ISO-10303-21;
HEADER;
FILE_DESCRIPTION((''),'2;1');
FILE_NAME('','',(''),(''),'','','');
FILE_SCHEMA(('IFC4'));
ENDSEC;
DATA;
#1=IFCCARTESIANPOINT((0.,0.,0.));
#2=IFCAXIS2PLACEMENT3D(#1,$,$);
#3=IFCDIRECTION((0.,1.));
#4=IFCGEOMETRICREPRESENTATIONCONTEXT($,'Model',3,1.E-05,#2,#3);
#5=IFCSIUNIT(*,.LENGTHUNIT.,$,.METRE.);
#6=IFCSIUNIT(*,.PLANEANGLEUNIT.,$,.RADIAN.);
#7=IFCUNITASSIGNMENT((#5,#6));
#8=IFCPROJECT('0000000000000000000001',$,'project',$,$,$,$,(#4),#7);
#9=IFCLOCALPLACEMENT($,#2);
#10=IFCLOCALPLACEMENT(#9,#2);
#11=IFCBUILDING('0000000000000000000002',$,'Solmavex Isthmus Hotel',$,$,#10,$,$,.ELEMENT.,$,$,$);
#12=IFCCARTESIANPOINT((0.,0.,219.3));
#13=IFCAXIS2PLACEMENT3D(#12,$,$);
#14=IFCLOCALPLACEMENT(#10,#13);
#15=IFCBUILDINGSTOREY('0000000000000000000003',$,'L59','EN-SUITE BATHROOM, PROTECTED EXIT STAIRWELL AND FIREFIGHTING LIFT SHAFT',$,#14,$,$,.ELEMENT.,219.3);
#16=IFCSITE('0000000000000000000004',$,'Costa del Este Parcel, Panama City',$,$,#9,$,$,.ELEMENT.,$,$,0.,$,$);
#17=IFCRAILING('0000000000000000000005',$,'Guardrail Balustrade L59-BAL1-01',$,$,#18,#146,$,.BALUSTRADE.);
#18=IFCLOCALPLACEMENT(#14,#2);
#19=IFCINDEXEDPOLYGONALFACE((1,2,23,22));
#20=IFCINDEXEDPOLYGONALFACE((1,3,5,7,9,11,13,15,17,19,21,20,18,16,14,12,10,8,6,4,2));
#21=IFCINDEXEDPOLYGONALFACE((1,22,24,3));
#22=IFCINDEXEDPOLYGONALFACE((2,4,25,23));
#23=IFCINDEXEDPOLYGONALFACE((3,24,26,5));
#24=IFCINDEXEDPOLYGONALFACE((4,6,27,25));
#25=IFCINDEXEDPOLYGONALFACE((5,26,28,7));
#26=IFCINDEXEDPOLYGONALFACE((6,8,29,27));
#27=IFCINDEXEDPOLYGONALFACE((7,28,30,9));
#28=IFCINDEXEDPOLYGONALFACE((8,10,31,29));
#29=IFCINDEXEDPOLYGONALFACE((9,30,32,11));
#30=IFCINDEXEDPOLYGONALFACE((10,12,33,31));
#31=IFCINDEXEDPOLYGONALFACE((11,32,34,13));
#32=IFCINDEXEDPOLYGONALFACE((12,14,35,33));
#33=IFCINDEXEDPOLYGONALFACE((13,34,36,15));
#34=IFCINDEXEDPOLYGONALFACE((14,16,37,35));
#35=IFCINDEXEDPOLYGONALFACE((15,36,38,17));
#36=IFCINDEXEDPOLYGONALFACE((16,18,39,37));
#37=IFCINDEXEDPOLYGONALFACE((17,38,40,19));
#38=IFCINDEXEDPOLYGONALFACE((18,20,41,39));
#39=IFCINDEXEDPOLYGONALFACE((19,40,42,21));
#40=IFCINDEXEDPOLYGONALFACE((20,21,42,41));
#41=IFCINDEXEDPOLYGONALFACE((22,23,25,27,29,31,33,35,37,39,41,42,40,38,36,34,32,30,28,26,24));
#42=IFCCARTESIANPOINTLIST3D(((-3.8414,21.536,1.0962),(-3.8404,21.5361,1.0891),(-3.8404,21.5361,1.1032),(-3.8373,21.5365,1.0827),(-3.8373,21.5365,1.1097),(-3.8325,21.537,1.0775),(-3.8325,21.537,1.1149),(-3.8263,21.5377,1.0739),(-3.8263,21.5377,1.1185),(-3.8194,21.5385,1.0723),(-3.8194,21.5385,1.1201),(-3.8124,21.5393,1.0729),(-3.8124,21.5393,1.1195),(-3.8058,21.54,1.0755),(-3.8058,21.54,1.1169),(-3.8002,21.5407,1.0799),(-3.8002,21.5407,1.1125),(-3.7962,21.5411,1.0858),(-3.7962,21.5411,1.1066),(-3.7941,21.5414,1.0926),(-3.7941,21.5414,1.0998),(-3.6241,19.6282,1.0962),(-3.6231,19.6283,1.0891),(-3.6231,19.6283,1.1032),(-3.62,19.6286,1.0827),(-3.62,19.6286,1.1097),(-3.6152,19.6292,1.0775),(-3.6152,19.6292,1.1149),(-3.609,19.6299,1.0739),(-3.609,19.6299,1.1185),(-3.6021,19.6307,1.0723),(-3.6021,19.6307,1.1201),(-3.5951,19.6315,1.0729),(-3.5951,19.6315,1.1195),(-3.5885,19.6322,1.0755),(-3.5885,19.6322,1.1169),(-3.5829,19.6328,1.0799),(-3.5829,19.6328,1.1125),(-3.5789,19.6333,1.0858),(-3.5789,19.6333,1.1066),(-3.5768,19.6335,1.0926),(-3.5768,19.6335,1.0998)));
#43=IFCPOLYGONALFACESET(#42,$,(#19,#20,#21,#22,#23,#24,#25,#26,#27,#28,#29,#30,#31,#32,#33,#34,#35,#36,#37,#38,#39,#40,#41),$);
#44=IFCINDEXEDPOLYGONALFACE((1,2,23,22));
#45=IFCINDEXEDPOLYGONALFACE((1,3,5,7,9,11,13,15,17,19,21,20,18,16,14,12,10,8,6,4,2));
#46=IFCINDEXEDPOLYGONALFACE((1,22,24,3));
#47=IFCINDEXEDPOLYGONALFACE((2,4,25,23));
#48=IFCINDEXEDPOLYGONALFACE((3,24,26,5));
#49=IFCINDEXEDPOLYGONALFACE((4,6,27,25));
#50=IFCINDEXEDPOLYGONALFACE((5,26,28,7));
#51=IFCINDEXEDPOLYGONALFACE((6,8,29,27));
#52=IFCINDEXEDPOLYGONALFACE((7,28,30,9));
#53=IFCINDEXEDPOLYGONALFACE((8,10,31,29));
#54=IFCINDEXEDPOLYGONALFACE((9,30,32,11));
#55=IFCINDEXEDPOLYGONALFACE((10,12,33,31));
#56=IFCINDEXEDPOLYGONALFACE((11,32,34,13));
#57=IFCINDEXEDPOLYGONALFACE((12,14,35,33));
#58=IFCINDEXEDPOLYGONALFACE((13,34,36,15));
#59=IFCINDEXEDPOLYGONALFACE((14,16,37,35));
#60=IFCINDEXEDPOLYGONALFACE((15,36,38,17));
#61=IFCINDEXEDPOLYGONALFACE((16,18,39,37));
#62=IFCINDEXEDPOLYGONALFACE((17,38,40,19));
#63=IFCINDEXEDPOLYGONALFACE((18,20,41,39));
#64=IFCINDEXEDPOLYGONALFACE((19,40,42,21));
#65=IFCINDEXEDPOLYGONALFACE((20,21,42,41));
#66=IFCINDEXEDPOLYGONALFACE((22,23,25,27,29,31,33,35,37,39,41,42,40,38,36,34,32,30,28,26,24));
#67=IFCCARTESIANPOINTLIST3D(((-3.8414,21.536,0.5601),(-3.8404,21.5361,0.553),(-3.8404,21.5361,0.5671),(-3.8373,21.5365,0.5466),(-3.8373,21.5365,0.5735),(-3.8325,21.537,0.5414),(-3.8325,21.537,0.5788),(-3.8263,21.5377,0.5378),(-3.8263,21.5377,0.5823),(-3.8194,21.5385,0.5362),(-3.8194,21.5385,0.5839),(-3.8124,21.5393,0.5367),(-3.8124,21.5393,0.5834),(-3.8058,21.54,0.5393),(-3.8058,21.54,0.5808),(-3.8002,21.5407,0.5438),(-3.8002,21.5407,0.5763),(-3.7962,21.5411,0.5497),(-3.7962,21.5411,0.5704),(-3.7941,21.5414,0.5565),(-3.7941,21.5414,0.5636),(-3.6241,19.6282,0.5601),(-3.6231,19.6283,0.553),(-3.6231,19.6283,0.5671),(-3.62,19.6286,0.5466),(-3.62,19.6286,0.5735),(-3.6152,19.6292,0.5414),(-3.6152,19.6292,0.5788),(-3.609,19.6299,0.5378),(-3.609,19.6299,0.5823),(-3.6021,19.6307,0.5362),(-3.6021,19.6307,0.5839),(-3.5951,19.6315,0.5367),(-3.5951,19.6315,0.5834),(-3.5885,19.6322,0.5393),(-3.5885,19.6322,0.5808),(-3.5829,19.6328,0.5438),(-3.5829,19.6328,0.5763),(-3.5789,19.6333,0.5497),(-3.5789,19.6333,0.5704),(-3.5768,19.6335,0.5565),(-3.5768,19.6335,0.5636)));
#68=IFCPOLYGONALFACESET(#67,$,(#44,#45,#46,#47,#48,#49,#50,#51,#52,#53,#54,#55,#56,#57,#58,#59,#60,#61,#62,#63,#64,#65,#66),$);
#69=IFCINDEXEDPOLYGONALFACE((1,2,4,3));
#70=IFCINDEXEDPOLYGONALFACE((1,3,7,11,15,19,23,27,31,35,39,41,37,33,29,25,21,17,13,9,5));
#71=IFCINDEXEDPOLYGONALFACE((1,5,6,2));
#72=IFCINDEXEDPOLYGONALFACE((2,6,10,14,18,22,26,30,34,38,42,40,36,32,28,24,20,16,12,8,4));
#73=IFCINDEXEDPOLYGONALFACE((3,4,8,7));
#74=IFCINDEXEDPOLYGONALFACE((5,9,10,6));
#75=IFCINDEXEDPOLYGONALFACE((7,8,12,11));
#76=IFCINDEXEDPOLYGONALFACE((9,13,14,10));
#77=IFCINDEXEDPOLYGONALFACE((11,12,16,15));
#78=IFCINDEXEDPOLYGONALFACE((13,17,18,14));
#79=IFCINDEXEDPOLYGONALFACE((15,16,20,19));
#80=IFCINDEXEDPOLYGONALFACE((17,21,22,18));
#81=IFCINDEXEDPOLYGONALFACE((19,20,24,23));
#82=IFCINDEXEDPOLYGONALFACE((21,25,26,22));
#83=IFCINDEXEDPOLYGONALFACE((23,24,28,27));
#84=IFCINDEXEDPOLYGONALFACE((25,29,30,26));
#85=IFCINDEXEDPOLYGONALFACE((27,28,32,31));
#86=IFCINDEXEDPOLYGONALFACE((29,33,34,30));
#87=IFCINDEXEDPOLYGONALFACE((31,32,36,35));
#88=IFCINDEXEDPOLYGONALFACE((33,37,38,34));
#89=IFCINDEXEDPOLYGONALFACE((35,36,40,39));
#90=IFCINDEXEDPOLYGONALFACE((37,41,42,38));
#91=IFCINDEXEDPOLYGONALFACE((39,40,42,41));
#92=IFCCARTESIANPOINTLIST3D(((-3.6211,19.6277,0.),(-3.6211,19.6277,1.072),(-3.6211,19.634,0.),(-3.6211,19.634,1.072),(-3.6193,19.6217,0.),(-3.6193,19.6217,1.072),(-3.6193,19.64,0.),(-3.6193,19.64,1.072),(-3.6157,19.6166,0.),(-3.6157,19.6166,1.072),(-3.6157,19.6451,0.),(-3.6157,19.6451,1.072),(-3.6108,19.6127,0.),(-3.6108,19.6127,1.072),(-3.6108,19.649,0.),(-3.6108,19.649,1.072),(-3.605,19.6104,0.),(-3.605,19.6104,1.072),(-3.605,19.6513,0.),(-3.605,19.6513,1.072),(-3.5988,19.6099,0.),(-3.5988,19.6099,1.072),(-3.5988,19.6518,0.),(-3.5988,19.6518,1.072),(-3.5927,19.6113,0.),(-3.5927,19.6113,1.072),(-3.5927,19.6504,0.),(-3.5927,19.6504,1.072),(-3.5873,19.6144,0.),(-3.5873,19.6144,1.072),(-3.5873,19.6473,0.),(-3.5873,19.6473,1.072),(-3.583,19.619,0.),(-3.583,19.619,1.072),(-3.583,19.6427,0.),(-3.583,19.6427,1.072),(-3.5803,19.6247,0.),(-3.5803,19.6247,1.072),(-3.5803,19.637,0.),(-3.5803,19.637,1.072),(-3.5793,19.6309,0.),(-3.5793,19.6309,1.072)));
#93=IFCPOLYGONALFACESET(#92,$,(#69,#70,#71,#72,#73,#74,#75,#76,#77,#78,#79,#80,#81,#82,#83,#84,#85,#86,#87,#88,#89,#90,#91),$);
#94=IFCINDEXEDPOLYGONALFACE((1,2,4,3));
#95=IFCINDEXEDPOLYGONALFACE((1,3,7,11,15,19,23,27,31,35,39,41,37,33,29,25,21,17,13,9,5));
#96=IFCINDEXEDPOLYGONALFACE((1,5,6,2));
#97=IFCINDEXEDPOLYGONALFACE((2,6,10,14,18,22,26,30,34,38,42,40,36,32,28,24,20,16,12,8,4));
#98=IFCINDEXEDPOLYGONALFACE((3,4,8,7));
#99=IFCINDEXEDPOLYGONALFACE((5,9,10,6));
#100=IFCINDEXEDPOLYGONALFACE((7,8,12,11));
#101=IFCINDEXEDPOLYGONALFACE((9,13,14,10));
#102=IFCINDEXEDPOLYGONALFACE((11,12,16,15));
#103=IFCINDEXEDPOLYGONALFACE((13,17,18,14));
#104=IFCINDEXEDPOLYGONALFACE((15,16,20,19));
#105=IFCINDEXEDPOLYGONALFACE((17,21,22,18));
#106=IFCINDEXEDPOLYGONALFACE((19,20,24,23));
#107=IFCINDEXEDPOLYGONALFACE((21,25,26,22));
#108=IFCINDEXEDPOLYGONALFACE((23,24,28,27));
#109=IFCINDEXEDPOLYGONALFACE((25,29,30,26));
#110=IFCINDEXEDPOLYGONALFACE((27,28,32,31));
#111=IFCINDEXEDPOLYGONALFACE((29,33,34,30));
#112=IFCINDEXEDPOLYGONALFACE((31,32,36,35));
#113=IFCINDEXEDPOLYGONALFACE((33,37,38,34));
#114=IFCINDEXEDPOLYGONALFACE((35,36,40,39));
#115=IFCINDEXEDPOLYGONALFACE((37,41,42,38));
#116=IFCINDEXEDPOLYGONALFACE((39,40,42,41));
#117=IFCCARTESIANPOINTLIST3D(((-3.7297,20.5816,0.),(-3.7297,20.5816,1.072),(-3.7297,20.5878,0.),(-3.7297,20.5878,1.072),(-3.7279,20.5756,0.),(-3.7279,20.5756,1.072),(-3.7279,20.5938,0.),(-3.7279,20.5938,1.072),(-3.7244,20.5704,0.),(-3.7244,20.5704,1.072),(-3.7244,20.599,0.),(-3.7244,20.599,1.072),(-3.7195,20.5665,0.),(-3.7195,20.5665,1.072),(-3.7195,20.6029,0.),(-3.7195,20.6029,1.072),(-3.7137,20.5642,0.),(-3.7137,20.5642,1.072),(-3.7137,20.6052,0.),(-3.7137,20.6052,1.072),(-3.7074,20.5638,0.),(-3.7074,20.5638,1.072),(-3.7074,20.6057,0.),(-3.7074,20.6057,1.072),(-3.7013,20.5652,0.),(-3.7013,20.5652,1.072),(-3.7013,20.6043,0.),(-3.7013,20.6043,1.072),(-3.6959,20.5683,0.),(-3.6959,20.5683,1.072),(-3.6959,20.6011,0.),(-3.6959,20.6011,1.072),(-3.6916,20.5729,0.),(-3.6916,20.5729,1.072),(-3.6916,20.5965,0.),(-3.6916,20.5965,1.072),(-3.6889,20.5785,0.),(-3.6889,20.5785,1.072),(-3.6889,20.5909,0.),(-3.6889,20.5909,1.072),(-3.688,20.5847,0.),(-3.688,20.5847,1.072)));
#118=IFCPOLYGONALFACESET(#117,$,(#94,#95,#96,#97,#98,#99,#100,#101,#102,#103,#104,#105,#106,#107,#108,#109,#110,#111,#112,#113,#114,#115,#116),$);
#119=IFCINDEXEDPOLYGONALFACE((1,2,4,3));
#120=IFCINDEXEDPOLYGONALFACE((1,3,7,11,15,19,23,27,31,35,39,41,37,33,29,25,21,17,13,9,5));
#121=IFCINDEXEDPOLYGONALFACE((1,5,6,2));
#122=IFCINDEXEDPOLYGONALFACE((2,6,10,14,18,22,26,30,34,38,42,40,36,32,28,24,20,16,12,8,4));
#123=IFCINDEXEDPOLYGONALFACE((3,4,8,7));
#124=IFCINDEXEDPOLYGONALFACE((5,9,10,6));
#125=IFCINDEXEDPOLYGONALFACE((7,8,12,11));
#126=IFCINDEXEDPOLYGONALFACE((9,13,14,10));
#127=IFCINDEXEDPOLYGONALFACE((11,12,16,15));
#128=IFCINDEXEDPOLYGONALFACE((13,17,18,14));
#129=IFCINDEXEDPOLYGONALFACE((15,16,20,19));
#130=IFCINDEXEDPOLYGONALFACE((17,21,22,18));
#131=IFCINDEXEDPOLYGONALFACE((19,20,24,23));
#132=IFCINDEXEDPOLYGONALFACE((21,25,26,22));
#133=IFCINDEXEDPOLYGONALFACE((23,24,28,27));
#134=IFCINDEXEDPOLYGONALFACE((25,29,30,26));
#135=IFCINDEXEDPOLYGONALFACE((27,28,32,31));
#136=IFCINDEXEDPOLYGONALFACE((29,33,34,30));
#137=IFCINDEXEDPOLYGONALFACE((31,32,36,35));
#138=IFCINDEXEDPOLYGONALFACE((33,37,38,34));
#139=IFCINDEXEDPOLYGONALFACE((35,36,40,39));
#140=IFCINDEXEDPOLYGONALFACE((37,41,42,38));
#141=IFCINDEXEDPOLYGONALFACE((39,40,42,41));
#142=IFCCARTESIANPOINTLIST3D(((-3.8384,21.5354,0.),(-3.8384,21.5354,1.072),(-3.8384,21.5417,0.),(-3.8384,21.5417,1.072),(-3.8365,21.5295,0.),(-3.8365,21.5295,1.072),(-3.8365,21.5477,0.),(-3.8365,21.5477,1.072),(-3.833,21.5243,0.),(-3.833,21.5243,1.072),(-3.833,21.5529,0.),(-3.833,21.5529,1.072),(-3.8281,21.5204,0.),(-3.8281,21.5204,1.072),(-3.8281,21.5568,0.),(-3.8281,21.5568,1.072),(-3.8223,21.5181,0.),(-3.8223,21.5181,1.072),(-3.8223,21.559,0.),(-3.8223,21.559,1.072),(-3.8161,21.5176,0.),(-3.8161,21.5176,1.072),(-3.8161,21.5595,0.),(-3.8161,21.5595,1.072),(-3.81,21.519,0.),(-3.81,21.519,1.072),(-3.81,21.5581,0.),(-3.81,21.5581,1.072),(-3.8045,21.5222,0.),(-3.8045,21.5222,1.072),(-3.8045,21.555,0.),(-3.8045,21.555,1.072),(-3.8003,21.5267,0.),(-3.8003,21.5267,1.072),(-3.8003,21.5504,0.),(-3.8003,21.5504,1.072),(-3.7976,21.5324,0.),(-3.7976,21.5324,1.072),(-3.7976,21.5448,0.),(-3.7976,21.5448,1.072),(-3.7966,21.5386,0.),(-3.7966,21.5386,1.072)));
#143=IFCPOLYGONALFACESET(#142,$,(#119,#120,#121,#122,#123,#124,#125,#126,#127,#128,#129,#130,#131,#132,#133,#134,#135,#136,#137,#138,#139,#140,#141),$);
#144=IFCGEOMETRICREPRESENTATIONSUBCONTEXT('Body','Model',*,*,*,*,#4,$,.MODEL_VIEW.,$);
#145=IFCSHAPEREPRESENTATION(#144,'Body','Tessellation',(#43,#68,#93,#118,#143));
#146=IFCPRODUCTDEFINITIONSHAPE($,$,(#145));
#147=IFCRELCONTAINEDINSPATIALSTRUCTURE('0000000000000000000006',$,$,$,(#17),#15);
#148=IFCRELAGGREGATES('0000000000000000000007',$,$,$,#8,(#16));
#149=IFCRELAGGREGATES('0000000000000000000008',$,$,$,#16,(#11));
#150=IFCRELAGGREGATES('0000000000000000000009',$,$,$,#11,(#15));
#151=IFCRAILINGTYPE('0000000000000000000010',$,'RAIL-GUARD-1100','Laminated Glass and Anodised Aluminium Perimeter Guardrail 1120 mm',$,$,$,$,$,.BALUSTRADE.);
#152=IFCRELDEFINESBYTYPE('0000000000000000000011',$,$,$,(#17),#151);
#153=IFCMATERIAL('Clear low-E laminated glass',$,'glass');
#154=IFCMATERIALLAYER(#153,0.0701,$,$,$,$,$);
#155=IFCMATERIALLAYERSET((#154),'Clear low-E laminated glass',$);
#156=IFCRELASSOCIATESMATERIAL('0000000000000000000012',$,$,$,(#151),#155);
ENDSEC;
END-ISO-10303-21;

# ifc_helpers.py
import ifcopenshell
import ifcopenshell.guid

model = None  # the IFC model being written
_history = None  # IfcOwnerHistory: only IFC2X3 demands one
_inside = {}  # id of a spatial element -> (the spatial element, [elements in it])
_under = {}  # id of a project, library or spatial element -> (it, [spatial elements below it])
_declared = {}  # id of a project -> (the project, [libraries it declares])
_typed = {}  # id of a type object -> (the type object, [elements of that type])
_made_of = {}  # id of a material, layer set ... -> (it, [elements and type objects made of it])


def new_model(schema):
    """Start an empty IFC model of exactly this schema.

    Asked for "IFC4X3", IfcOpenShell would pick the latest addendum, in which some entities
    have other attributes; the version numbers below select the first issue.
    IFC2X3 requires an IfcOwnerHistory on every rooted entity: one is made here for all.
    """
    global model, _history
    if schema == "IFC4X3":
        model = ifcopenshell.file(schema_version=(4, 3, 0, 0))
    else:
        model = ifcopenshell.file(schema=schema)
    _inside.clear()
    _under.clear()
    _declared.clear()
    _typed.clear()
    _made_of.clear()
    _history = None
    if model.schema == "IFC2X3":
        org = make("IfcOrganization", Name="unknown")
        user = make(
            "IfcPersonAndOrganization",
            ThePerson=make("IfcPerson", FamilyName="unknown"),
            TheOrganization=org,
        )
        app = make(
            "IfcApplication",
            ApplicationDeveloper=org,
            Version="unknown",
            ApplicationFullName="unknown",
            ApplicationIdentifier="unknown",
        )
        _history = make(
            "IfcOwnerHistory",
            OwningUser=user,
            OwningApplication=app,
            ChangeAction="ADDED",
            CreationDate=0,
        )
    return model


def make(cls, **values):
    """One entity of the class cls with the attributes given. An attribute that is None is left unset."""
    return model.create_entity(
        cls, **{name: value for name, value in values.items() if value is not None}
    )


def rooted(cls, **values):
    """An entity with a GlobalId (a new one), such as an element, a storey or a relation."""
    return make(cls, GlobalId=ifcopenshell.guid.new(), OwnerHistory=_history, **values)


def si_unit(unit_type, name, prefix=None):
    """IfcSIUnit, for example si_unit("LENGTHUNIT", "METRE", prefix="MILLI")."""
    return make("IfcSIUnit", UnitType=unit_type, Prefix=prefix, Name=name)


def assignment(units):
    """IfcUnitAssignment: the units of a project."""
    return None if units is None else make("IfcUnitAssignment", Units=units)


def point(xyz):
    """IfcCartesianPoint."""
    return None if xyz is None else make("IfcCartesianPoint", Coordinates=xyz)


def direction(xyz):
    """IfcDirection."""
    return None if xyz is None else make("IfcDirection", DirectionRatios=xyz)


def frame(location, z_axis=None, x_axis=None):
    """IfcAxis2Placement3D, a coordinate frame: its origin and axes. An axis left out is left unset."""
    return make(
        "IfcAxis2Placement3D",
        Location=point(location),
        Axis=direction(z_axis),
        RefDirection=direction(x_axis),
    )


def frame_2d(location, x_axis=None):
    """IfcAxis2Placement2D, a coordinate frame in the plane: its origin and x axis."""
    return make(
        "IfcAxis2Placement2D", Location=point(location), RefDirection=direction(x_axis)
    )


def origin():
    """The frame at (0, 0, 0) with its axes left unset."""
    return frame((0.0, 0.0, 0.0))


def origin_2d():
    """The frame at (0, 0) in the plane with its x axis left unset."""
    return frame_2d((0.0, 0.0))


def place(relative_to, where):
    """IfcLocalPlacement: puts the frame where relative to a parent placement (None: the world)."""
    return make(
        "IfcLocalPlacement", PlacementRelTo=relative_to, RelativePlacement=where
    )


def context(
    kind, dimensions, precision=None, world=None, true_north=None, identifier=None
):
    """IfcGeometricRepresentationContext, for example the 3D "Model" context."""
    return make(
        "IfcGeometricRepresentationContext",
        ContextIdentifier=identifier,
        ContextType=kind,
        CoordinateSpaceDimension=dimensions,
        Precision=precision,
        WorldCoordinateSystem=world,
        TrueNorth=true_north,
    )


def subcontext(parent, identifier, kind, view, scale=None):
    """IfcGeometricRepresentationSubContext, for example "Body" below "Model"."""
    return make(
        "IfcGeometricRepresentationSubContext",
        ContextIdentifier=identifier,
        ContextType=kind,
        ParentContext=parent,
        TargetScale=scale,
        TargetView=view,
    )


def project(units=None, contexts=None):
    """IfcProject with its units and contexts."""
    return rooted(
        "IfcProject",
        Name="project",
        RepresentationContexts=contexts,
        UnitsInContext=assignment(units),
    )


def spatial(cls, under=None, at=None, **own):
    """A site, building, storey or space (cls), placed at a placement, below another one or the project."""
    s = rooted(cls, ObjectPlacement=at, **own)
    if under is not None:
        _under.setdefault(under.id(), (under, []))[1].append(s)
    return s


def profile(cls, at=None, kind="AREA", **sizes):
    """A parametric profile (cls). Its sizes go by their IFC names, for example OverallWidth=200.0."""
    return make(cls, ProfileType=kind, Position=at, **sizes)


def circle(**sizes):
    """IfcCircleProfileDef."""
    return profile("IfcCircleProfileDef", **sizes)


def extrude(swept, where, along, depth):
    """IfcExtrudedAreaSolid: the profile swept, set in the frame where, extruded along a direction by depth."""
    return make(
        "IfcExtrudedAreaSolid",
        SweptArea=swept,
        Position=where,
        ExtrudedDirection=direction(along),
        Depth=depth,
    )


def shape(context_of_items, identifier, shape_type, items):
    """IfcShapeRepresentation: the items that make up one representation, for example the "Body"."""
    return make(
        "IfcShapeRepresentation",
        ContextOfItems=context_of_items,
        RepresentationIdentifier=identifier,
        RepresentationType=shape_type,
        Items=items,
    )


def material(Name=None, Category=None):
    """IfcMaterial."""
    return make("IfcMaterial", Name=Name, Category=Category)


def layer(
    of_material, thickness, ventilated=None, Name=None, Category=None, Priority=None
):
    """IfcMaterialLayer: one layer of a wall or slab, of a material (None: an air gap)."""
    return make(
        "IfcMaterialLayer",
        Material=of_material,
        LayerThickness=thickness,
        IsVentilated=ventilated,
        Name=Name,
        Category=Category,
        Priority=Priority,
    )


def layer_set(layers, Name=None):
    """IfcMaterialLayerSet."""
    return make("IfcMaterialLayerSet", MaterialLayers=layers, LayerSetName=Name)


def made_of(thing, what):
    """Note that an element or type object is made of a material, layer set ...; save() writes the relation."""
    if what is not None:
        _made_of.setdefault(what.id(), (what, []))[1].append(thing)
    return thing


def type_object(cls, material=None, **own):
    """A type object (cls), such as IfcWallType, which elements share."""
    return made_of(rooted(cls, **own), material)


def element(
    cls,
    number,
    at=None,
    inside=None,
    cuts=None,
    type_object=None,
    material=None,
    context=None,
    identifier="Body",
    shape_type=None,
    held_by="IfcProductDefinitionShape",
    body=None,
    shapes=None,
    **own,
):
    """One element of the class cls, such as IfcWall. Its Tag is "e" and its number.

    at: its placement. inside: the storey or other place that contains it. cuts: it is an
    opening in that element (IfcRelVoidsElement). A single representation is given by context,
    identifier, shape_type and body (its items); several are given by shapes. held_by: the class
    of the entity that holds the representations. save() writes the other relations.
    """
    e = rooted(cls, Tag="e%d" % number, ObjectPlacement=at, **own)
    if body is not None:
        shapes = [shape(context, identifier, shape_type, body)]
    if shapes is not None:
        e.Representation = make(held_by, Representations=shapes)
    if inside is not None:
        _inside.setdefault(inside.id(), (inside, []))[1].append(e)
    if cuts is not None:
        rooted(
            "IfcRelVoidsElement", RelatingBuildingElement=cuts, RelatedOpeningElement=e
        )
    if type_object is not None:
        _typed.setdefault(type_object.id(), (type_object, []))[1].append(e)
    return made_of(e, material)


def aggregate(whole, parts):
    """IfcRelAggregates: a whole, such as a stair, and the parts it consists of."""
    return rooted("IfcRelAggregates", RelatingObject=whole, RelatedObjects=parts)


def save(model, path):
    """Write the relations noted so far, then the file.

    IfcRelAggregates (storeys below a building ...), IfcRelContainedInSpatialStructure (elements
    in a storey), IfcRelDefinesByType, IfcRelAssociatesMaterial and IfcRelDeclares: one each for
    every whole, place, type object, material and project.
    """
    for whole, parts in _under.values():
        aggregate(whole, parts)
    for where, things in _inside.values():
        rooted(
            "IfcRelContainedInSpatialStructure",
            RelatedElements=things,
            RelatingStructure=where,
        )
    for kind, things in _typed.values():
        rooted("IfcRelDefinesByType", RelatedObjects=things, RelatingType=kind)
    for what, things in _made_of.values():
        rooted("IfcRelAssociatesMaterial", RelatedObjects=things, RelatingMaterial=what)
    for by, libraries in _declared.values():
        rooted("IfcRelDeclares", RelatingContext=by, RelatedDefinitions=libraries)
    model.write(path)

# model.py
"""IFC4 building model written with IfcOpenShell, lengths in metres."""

from ifc_helpers import new_model, si_unit, direction, frame, origin, origin_2d, place, context, subcontext, project, spatial, circle, extrude, material, layer, layer_set, type_object, element, save


model = new_model("IFC4")

# Units and contexts
model_context = context("Model", 3, precision=1e-05, world=origin(), true_north=direction((0.0, 1.0)))
body_context = subcontext(model_context, "Body", "Model", "MODEL_VIEW")
ifc_project = project(units=[si_unit("LENGTHUNIT", "METRE"), si_unit("PLANEANGLEUNIT", "RADIAN")], contexts=[model_context])

# Site, building, storey
site_placement = place(None, origin())
site = spatial("IfcSite", under=ifc_project, at=site_placement, Name="Costa del Este Parcel, Panama City", CompositionType="ELEMENT", RefElevation=0.0)
building_placement = place(site_placement, origin())
building = spatial("IfcBuilding", under=site, at=building_placement, Name="Solmavex Isthmus Hotel", CompositionType="ELEMENT")
storey_placement = place(building_placement, frame((0.0, 0.0, 219.3)))
storey = spatial("IfcBuildingStorey", under=building, at=storey_placement, Name="L59", Description="EN-SUITE BATHROOM, PROTECTED EXIT STAIRWELL AND FIREFIGHTING LIFT SHAFT", CompositionType="ELEMENT", Elevation=219.3)

# Shared definitions
ifc_material_1 = material(Name="Clear low-E laminated glass", Category="glass")

# Railing
ifc_layer_1 = layer(ifc_material_1, 0.0701)
ifc_layer_set_1 = layer_set([ifc_layer_1], Name="Clear low-E laminated glass")
railing_type = type_object("IfcRailingType", Name="RAIL-GUARD-1100", Description="Laminated Glass and Anodised Aluminium Perimeter Guardrail 1120 mm", PredefinedType="BALUSTRADE", material=ifc_layer_set_1)
railing_1_placement = place(storey_placement, frame((-3.6003, 19.6309, 0.0)))
element("IfcRailing", 1, at=railing_1_placement, inside=storey, type_object=railing_type, Name="Guardrail Balustrade L59-BAL1-01", PredefinedType="BALUSTRADE", context=body_context, shape_type="SweptSolid", body=[
    extrude(circle(Radius=0.0239, at=origin_2d()), frame((0.0, 0.0, 1.0962), z_axis=(-0.113166, 0.993576, 0.0), x_axis=(-0.993576, -0.113166, 0.0)), (0.0, 0.0, 1.0), 1.9202),
    extrude(circle(Radius=0.0239, at=origin_2d()), frame((0.0, 0.0, 0.5601), z_axis=(-0.113166, 0.993576, 0.0), x_axis=(-0.993576, -0.113166, 0.0)), (0.0, 0.0, 1.0), 1.9202),
    extrude(circle(Radius=0.021, at=origin_2d()), origin(), (0.0, 0.0, 1.0), 1.072),
    extrude(circle(Radius=0.021, at=origin_2d()), frame((-0.1086, 0.9539, 0.0)), (0.0, 0.0, 1.0), 1.072),
    extrude(circle(Radius=0.021, at=origin_2d()), frame((-0.2173, 1.9077, 0.0)), (0.0, 0.0, 1.0), 1.072),
])

save(model, "model.ifc")
